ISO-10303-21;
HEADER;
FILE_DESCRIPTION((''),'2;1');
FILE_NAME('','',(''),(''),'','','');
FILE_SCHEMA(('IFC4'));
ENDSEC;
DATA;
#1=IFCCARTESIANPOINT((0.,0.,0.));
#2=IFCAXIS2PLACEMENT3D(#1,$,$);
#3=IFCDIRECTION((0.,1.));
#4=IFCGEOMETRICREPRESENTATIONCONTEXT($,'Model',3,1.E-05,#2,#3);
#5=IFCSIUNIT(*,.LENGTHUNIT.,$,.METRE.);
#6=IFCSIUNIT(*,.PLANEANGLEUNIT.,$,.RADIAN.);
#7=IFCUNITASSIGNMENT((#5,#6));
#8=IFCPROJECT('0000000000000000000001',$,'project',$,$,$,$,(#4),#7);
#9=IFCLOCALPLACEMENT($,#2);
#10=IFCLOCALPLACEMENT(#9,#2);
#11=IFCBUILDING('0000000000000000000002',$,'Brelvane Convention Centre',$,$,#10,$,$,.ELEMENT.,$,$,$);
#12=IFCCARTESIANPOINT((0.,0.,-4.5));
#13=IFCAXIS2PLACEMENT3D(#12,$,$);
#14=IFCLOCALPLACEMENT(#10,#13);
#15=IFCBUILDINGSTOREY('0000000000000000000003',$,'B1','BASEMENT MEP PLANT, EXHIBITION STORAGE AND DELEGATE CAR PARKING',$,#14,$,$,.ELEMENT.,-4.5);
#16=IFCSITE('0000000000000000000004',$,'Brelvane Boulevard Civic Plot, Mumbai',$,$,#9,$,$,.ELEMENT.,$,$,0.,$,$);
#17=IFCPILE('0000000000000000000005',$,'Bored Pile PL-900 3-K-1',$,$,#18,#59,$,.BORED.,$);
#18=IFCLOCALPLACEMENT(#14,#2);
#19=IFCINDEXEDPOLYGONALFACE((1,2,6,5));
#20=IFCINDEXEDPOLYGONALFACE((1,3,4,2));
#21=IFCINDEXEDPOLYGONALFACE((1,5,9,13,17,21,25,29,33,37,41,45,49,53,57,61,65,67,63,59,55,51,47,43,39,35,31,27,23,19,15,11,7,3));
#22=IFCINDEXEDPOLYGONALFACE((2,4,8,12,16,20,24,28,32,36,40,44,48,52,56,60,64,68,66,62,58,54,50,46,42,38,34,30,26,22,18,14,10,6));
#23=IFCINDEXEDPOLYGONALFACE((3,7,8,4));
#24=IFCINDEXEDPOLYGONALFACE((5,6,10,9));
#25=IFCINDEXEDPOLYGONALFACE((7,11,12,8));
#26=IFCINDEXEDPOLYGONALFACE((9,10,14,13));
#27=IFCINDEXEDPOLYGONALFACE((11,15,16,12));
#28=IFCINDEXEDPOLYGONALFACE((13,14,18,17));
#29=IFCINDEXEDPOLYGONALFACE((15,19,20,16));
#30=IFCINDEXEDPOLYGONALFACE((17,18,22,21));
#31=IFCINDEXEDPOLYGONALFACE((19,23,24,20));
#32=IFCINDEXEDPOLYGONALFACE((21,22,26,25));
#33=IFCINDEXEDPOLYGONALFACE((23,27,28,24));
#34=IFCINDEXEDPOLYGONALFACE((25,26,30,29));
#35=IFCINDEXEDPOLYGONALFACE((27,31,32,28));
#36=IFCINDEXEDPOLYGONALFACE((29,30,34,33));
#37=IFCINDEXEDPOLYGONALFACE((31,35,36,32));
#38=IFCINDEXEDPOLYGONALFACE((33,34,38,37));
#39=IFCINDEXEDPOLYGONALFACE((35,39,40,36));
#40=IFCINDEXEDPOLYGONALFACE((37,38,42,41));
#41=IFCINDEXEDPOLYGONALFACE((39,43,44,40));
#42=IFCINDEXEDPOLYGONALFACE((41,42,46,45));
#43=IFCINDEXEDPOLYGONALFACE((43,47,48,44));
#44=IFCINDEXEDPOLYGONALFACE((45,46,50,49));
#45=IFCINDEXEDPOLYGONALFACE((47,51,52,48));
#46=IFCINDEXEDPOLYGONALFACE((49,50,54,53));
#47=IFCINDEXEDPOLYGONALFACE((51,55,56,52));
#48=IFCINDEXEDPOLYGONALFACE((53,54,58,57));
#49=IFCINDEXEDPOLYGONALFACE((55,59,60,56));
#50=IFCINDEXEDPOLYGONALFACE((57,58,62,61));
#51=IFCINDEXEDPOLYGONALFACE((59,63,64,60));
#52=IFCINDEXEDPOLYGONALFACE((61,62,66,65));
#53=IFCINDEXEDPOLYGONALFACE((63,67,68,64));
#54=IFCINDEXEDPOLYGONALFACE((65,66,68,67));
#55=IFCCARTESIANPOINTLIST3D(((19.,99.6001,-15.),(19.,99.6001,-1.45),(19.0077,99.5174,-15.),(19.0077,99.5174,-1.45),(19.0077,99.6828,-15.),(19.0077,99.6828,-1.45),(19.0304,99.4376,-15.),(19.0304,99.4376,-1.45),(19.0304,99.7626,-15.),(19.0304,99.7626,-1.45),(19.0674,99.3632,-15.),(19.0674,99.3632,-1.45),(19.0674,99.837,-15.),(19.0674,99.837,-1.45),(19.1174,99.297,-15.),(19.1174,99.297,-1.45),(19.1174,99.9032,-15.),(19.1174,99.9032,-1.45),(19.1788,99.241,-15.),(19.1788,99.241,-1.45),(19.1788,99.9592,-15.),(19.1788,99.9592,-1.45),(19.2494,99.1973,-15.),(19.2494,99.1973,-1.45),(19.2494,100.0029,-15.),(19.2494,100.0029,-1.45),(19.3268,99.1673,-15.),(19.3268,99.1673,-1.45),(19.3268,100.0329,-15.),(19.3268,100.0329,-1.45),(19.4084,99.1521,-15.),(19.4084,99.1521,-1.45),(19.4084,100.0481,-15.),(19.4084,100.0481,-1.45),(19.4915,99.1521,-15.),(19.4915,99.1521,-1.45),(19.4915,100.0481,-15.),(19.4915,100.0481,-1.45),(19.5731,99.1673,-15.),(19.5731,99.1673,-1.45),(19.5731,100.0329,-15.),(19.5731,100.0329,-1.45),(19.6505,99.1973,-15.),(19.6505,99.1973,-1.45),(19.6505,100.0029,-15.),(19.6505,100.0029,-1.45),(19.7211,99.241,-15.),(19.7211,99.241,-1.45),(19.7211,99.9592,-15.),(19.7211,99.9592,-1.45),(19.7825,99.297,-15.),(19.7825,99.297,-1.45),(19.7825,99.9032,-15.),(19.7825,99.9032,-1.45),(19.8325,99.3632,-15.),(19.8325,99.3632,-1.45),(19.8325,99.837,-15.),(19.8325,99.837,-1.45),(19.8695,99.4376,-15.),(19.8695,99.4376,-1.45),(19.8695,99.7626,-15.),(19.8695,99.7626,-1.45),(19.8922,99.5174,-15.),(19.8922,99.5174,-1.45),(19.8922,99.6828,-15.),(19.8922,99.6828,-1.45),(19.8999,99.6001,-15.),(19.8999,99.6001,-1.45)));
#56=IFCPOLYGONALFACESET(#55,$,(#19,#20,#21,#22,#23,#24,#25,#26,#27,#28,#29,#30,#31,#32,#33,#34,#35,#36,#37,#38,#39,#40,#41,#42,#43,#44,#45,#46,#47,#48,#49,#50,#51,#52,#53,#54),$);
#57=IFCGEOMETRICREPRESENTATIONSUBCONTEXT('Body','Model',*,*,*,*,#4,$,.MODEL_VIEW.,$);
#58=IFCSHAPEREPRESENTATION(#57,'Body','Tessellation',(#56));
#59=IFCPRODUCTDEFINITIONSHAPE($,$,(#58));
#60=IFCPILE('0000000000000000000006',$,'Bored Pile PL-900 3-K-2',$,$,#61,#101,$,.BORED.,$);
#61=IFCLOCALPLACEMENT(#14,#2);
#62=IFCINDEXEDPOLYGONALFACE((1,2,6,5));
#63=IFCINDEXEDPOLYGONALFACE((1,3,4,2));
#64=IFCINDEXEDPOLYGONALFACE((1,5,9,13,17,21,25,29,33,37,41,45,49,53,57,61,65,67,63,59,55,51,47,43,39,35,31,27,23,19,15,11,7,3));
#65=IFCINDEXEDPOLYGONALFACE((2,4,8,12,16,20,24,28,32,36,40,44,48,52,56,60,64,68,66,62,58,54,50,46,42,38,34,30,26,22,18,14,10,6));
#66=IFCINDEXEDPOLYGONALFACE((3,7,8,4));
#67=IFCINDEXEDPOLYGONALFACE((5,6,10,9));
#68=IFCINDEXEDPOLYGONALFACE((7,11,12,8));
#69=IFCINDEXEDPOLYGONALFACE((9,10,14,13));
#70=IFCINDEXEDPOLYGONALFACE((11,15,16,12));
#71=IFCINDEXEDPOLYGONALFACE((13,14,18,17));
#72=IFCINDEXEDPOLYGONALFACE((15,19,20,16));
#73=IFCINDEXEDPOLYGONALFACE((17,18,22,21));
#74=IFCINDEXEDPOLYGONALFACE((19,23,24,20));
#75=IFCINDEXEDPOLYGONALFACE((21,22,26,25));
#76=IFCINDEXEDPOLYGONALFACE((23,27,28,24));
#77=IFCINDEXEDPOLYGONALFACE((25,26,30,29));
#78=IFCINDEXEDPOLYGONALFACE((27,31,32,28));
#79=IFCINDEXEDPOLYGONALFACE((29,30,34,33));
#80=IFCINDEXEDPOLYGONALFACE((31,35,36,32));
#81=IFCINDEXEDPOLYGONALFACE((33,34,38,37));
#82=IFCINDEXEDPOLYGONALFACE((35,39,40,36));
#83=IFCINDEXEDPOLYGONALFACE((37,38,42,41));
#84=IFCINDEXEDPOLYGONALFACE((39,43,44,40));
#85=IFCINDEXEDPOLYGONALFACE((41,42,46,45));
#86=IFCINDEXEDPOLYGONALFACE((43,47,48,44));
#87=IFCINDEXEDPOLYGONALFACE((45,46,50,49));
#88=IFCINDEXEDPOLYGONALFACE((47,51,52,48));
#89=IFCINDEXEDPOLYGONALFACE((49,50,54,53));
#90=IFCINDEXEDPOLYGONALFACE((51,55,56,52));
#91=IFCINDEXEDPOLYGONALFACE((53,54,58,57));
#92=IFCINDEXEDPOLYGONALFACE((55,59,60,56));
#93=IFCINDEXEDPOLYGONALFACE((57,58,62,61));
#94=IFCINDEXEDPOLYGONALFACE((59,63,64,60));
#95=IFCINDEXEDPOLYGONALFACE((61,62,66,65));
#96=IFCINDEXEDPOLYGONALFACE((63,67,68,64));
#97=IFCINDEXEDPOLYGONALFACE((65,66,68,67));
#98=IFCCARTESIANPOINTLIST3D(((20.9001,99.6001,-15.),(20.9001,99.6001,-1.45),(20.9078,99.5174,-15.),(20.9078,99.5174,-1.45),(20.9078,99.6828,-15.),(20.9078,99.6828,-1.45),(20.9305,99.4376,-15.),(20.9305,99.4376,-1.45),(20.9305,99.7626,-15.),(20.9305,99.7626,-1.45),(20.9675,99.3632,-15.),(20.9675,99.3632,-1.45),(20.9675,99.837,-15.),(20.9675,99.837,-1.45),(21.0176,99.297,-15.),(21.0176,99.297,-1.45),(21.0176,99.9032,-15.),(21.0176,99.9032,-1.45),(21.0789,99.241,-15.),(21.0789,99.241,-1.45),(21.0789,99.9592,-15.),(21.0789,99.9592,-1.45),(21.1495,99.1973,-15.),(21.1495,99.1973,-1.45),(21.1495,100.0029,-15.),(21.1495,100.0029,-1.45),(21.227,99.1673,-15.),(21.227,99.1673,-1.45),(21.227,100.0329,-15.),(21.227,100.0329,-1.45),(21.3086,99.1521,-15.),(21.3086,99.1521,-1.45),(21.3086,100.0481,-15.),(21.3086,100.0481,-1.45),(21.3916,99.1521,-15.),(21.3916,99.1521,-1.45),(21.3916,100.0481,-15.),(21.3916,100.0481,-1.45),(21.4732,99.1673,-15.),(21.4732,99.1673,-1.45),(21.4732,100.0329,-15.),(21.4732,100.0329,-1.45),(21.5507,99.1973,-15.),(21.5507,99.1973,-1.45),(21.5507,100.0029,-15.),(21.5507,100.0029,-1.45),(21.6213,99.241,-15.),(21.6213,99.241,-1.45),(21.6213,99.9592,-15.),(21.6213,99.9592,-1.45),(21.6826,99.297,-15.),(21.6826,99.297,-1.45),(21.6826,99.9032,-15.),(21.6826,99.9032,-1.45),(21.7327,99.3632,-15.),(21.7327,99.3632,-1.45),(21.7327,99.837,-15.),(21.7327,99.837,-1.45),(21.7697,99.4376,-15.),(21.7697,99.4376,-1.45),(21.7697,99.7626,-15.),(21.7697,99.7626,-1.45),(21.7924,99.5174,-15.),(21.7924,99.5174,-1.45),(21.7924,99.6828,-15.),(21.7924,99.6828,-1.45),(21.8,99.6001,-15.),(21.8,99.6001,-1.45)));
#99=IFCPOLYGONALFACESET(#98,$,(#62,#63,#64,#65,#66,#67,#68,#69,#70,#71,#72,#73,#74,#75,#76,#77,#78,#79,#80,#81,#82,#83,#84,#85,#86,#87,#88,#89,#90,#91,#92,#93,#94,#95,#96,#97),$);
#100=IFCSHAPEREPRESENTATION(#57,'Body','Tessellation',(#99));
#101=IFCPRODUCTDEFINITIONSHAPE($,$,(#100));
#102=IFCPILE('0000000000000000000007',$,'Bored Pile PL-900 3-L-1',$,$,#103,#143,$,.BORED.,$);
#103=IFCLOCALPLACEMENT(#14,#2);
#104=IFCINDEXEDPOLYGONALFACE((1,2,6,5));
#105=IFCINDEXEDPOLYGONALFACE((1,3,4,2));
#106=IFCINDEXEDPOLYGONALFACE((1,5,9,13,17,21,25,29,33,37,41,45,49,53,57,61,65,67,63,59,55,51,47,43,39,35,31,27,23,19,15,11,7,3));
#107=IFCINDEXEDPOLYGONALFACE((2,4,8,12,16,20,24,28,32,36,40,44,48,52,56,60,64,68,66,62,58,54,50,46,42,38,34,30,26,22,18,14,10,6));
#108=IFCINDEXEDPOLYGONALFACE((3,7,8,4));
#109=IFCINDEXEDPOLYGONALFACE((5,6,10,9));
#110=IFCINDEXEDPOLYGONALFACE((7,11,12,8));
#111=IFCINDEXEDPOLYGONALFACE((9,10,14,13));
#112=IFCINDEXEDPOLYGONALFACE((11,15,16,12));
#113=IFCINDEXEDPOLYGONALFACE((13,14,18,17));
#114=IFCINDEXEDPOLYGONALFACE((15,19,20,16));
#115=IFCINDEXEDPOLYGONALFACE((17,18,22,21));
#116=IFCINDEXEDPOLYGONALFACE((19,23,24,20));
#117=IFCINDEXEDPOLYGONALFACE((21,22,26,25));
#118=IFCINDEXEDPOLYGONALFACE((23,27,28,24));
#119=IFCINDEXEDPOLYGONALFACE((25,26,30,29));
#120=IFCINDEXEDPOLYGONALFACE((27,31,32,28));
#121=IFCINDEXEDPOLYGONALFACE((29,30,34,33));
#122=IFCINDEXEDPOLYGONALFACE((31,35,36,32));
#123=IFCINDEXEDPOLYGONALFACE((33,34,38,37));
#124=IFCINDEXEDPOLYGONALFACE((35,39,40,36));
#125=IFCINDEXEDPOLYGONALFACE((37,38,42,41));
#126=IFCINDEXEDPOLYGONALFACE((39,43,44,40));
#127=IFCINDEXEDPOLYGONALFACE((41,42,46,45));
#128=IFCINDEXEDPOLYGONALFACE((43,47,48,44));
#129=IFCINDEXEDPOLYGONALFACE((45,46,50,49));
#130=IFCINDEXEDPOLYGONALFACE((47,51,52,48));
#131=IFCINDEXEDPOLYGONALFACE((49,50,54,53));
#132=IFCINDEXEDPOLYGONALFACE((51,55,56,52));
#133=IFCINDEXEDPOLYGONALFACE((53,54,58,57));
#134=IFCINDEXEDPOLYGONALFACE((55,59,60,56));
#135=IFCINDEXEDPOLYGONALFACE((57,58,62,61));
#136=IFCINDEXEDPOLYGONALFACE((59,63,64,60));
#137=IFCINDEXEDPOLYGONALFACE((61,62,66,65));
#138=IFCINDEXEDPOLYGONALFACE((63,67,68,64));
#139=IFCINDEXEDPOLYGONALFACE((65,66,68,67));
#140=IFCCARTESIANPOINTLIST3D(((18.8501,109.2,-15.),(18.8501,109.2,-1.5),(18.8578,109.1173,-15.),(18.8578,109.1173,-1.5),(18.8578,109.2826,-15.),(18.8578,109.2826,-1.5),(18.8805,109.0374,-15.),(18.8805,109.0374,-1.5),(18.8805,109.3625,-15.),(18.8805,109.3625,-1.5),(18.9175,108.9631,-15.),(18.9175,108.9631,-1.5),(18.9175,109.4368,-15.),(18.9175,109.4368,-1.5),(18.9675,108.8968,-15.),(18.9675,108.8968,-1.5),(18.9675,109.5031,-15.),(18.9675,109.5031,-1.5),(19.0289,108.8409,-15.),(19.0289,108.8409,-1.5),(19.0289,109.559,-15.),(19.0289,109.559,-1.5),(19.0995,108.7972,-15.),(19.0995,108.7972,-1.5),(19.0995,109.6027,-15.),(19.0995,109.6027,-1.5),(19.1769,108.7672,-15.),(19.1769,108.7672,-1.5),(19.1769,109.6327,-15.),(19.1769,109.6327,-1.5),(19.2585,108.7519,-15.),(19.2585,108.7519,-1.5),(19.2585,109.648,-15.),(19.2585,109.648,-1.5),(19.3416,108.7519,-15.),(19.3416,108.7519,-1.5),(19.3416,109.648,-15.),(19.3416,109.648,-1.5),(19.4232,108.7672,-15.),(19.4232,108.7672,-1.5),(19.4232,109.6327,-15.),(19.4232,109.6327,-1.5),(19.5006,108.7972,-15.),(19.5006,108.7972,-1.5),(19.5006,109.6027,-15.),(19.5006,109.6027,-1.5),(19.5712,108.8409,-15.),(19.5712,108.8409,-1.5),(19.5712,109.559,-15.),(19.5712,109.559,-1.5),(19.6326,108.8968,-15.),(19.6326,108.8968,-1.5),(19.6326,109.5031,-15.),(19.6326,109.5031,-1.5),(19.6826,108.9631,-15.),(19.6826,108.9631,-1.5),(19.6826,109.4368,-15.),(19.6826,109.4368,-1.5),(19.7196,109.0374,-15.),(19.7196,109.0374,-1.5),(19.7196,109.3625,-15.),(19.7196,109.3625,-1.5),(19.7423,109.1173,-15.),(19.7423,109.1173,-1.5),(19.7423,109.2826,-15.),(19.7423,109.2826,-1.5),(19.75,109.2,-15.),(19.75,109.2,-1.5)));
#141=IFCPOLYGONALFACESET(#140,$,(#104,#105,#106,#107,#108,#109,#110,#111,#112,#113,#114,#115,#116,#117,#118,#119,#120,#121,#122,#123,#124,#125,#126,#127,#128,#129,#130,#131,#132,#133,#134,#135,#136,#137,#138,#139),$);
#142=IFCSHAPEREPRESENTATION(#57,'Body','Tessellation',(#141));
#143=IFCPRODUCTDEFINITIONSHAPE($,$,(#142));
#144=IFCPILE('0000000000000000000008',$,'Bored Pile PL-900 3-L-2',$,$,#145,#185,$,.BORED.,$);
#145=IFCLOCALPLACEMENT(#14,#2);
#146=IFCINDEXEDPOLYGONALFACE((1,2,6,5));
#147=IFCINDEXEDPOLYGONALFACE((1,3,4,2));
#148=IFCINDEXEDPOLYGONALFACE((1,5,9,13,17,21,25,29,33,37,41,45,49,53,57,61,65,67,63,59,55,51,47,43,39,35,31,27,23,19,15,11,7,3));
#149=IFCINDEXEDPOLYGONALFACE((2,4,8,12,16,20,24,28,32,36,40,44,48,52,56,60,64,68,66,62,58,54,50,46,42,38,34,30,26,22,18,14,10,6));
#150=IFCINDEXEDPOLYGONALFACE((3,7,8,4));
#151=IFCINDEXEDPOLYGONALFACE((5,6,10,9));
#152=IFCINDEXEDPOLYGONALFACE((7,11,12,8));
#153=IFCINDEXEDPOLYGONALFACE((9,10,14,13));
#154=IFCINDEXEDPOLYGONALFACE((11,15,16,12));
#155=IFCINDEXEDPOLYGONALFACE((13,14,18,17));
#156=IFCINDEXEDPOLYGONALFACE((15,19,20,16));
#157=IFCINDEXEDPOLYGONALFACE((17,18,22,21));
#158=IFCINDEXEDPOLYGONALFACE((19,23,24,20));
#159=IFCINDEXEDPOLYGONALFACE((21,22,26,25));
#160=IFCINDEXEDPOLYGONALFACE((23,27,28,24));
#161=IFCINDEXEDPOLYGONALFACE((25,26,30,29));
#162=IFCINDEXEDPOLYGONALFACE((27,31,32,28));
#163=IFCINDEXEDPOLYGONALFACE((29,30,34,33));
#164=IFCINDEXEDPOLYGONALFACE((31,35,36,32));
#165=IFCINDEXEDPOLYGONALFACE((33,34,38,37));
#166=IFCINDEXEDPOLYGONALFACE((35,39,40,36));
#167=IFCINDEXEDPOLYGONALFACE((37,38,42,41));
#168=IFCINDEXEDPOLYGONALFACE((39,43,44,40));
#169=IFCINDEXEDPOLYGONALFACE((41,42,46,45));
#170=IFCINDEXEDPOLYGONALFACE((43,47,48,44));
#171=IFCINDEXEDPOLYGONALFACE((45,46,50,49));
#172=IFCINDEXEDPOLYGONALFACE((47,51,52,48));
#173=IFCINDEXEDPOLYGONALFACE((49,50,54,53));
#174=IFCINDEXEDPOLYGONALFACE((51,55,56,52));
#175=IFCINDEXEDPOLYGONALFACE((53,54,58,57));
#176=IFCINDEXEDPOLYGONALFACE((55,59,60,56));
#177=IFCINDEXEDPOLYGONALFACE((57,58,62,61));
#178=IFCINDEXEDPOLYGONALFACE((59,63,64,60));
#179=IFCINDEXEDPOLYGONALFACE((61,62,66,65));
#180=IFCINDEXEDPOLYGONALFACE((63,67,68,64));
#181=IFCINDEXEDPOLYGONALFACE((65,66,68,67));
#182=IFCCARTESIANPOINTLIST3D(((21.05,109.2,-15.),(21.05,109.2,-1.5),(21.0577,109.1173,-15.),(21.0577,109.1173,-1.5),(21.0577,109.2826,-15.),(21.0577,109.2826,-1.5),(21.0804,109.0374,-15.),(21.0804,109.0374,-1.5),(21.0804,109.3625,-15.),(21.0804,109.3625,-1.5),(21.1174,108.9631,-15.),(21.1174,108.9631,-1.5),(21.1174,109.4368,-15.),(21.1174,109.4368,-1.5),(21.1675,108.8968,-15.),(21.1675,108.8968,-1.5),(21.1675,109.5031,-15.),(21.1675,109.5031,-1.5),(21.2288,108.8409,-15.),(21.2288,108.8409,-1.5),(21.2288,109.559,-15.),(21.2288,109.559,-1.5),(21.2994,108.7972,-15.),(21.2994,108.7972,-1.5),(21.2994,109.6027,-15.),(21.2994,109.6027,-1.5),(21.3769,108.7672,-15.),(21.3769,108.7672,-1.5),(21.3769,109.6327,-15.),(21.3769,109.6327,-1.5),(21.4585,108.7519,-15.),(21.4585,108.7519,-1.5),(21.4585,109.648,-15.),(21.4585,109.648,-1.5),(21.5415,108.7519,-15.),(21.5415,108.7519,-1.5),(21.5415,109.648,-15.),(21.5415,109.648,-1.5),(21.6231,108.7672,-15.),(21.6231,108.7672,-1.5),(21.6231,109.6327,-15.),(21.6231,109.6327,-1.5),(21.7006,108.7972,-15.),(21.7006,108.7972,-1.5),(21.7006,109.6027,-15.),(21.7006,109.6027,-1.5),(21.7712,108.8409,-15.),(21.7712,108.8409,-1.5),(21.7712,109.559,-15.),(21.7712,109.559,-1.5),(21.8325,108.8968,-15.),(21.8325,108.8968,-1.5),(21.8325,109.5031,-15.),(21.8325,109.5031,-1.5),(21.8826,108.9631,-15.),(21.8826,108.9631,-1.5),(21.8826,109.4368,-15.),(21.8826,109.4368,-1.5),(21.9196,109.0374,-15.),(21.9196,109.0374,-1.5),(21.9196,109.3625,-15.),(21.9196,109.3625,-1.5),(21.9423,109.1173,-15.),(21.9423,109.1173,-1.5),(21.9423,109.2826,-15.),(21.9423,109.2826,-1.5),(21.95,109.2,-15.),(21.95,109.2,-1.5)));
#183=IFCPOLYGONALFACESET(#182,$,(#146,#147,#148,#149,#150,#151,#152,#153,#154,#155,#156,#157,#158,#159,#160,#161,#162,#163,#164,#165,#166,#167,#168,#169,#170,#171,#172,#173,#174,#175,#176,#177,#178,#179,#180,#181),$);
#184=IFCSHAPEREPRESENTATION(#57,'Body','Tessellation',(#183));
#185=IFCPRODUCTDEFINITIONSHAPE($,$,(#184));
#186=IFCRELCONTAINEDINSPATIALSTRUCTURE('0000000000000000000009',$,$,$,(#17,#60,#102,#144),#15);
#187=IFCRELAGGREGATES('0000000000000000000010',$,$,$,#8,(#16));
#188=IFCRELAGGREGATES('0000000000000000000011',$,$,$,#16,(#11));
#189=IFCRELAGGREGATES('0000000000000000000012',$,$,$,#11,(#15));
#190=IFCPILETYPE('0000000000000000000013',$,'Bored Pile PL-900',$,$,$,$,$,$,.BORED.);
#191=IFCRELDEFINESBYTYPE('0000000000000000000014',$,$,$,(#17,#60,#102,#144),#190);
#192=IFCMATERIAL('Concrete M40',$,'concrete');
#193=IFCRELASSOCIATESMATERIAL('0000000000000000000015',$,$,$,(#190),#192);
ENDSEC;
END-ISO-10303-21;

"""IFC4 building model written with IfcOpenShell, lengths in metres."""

from ifc_helpers import new_model, si_unit, direction, frame, origin, origin_2d, place, context, subcontext, project, spatial, circle, extrude, material, material_profile, profile_set, type_object, element, save


model = new_model("IFC4")

# Units and contexts
model_context = context("Model", 3, precision=1e-05, world=origin(), true_north=direction((0.0, 1.0)))
body_context = subcontext(model_context, "Body", "Model", "MODEL_VIEW")
ifc_project = project(units=[si_unit("LENGTHUNIT", "METRE"), si_unit("PLANEANGLEUNIT", "RADIAN")], contexts=[model_context])

# Site, building, storey
site_placement = place(None, origin())
site = spatial("IfcSite", under=ifc_project, at=site_placement, Name="Brelvane Boulevard Civic Plot, Mumbai", CompositionType="ELEMENT", RefElevation=0.0)
building_placement = place(site_placement, origin())
building = spatial("IfcBuilding", under=site, at=building_placement, Name="Brelvane Convention Centre", CompositionType="ELEMENT")
storey_placement = place(building_placement, frame((0.0, 0.0, -4.5)))
storey = spatial("IfcBuildingStorey", under=building, at=storey_placement, Name="B1", Description="BASEMENT MEP PLANT, EXHIBITION STORAGE AND DELEGATE CAR PARKING", CompositionType="ELEMENT", Elevation=-4.5)

# Piles
ifc_material_1 = material(Name="Concrete M40", Category="concrete")
ifc_material_profile_1 = material_profile(ifc_material_1, circle(Radius=0.45, at=origin_2d()), Name="PILE D900")
ifc_profile_set_1 = profile_set([ifc_material_profile_1], Name="Concrete M40")
pile_type = type_object("IfcPileType", Name="Bored Pile PL-900", PredefinedType="BORED", material=ifc_profile_set_1)
for number, where, z_axis, x_axis, name in (
    (1, (19.45, 99.6001, -1.45), (0.0, 0.0, -1.0), (1.0, 0.0, 0.0), "Bored Pile PL-900 3-K-1"),
    (2, (21.3501, 99.6001, -1.45), (0.0, 0.0, -1.0), (1.0, 0.0, 0.0), "Bored Pile PL-900 3-K-2"),
):
    element("IfcPile", number, at=place(storey_placement, frame(where, z_axis=z_axis, x_axis=x_axis)), inside=storey, type_object=pile_type, Name=name, PredefinedType="BORED", context=body_context, shape_type="SweptSolid", body=[
        extrude(circle(Radius=0.45, at=origin_2d()), origin(), (0.0, 0.0, 1.0), 13.55),
    ])
for number, where, z_axis, x_axis, name in (
    (3, (19.3, 109.2, -1.5), (0.0, 0.0, -1.0), (1.0, 0.0, 0.0), "Bored Pile PL-900 3-L-1"),
    (4, (21.5, 109.2, -1.5), (0.0, 0.0, -1.0), (1.0, 0.0, 0.0), "Bored Pile PL-900 3-L-2"),
):
    element("IfcPile", number, at=place(storey_placement, frame(where, z_axis=z_axis, x_axis=x_axis)), inside=storey, type_object=pile_type, Name=name, PredefinedType="BORED", context=body_context, shape_type="SweptSolid", body=[
        extrude(circle(Radius=0.45, at=origin_2d()), origin(), (0.0, 0.0, 1.0), 13.5),
    ])

save(model, "model.ifc")
